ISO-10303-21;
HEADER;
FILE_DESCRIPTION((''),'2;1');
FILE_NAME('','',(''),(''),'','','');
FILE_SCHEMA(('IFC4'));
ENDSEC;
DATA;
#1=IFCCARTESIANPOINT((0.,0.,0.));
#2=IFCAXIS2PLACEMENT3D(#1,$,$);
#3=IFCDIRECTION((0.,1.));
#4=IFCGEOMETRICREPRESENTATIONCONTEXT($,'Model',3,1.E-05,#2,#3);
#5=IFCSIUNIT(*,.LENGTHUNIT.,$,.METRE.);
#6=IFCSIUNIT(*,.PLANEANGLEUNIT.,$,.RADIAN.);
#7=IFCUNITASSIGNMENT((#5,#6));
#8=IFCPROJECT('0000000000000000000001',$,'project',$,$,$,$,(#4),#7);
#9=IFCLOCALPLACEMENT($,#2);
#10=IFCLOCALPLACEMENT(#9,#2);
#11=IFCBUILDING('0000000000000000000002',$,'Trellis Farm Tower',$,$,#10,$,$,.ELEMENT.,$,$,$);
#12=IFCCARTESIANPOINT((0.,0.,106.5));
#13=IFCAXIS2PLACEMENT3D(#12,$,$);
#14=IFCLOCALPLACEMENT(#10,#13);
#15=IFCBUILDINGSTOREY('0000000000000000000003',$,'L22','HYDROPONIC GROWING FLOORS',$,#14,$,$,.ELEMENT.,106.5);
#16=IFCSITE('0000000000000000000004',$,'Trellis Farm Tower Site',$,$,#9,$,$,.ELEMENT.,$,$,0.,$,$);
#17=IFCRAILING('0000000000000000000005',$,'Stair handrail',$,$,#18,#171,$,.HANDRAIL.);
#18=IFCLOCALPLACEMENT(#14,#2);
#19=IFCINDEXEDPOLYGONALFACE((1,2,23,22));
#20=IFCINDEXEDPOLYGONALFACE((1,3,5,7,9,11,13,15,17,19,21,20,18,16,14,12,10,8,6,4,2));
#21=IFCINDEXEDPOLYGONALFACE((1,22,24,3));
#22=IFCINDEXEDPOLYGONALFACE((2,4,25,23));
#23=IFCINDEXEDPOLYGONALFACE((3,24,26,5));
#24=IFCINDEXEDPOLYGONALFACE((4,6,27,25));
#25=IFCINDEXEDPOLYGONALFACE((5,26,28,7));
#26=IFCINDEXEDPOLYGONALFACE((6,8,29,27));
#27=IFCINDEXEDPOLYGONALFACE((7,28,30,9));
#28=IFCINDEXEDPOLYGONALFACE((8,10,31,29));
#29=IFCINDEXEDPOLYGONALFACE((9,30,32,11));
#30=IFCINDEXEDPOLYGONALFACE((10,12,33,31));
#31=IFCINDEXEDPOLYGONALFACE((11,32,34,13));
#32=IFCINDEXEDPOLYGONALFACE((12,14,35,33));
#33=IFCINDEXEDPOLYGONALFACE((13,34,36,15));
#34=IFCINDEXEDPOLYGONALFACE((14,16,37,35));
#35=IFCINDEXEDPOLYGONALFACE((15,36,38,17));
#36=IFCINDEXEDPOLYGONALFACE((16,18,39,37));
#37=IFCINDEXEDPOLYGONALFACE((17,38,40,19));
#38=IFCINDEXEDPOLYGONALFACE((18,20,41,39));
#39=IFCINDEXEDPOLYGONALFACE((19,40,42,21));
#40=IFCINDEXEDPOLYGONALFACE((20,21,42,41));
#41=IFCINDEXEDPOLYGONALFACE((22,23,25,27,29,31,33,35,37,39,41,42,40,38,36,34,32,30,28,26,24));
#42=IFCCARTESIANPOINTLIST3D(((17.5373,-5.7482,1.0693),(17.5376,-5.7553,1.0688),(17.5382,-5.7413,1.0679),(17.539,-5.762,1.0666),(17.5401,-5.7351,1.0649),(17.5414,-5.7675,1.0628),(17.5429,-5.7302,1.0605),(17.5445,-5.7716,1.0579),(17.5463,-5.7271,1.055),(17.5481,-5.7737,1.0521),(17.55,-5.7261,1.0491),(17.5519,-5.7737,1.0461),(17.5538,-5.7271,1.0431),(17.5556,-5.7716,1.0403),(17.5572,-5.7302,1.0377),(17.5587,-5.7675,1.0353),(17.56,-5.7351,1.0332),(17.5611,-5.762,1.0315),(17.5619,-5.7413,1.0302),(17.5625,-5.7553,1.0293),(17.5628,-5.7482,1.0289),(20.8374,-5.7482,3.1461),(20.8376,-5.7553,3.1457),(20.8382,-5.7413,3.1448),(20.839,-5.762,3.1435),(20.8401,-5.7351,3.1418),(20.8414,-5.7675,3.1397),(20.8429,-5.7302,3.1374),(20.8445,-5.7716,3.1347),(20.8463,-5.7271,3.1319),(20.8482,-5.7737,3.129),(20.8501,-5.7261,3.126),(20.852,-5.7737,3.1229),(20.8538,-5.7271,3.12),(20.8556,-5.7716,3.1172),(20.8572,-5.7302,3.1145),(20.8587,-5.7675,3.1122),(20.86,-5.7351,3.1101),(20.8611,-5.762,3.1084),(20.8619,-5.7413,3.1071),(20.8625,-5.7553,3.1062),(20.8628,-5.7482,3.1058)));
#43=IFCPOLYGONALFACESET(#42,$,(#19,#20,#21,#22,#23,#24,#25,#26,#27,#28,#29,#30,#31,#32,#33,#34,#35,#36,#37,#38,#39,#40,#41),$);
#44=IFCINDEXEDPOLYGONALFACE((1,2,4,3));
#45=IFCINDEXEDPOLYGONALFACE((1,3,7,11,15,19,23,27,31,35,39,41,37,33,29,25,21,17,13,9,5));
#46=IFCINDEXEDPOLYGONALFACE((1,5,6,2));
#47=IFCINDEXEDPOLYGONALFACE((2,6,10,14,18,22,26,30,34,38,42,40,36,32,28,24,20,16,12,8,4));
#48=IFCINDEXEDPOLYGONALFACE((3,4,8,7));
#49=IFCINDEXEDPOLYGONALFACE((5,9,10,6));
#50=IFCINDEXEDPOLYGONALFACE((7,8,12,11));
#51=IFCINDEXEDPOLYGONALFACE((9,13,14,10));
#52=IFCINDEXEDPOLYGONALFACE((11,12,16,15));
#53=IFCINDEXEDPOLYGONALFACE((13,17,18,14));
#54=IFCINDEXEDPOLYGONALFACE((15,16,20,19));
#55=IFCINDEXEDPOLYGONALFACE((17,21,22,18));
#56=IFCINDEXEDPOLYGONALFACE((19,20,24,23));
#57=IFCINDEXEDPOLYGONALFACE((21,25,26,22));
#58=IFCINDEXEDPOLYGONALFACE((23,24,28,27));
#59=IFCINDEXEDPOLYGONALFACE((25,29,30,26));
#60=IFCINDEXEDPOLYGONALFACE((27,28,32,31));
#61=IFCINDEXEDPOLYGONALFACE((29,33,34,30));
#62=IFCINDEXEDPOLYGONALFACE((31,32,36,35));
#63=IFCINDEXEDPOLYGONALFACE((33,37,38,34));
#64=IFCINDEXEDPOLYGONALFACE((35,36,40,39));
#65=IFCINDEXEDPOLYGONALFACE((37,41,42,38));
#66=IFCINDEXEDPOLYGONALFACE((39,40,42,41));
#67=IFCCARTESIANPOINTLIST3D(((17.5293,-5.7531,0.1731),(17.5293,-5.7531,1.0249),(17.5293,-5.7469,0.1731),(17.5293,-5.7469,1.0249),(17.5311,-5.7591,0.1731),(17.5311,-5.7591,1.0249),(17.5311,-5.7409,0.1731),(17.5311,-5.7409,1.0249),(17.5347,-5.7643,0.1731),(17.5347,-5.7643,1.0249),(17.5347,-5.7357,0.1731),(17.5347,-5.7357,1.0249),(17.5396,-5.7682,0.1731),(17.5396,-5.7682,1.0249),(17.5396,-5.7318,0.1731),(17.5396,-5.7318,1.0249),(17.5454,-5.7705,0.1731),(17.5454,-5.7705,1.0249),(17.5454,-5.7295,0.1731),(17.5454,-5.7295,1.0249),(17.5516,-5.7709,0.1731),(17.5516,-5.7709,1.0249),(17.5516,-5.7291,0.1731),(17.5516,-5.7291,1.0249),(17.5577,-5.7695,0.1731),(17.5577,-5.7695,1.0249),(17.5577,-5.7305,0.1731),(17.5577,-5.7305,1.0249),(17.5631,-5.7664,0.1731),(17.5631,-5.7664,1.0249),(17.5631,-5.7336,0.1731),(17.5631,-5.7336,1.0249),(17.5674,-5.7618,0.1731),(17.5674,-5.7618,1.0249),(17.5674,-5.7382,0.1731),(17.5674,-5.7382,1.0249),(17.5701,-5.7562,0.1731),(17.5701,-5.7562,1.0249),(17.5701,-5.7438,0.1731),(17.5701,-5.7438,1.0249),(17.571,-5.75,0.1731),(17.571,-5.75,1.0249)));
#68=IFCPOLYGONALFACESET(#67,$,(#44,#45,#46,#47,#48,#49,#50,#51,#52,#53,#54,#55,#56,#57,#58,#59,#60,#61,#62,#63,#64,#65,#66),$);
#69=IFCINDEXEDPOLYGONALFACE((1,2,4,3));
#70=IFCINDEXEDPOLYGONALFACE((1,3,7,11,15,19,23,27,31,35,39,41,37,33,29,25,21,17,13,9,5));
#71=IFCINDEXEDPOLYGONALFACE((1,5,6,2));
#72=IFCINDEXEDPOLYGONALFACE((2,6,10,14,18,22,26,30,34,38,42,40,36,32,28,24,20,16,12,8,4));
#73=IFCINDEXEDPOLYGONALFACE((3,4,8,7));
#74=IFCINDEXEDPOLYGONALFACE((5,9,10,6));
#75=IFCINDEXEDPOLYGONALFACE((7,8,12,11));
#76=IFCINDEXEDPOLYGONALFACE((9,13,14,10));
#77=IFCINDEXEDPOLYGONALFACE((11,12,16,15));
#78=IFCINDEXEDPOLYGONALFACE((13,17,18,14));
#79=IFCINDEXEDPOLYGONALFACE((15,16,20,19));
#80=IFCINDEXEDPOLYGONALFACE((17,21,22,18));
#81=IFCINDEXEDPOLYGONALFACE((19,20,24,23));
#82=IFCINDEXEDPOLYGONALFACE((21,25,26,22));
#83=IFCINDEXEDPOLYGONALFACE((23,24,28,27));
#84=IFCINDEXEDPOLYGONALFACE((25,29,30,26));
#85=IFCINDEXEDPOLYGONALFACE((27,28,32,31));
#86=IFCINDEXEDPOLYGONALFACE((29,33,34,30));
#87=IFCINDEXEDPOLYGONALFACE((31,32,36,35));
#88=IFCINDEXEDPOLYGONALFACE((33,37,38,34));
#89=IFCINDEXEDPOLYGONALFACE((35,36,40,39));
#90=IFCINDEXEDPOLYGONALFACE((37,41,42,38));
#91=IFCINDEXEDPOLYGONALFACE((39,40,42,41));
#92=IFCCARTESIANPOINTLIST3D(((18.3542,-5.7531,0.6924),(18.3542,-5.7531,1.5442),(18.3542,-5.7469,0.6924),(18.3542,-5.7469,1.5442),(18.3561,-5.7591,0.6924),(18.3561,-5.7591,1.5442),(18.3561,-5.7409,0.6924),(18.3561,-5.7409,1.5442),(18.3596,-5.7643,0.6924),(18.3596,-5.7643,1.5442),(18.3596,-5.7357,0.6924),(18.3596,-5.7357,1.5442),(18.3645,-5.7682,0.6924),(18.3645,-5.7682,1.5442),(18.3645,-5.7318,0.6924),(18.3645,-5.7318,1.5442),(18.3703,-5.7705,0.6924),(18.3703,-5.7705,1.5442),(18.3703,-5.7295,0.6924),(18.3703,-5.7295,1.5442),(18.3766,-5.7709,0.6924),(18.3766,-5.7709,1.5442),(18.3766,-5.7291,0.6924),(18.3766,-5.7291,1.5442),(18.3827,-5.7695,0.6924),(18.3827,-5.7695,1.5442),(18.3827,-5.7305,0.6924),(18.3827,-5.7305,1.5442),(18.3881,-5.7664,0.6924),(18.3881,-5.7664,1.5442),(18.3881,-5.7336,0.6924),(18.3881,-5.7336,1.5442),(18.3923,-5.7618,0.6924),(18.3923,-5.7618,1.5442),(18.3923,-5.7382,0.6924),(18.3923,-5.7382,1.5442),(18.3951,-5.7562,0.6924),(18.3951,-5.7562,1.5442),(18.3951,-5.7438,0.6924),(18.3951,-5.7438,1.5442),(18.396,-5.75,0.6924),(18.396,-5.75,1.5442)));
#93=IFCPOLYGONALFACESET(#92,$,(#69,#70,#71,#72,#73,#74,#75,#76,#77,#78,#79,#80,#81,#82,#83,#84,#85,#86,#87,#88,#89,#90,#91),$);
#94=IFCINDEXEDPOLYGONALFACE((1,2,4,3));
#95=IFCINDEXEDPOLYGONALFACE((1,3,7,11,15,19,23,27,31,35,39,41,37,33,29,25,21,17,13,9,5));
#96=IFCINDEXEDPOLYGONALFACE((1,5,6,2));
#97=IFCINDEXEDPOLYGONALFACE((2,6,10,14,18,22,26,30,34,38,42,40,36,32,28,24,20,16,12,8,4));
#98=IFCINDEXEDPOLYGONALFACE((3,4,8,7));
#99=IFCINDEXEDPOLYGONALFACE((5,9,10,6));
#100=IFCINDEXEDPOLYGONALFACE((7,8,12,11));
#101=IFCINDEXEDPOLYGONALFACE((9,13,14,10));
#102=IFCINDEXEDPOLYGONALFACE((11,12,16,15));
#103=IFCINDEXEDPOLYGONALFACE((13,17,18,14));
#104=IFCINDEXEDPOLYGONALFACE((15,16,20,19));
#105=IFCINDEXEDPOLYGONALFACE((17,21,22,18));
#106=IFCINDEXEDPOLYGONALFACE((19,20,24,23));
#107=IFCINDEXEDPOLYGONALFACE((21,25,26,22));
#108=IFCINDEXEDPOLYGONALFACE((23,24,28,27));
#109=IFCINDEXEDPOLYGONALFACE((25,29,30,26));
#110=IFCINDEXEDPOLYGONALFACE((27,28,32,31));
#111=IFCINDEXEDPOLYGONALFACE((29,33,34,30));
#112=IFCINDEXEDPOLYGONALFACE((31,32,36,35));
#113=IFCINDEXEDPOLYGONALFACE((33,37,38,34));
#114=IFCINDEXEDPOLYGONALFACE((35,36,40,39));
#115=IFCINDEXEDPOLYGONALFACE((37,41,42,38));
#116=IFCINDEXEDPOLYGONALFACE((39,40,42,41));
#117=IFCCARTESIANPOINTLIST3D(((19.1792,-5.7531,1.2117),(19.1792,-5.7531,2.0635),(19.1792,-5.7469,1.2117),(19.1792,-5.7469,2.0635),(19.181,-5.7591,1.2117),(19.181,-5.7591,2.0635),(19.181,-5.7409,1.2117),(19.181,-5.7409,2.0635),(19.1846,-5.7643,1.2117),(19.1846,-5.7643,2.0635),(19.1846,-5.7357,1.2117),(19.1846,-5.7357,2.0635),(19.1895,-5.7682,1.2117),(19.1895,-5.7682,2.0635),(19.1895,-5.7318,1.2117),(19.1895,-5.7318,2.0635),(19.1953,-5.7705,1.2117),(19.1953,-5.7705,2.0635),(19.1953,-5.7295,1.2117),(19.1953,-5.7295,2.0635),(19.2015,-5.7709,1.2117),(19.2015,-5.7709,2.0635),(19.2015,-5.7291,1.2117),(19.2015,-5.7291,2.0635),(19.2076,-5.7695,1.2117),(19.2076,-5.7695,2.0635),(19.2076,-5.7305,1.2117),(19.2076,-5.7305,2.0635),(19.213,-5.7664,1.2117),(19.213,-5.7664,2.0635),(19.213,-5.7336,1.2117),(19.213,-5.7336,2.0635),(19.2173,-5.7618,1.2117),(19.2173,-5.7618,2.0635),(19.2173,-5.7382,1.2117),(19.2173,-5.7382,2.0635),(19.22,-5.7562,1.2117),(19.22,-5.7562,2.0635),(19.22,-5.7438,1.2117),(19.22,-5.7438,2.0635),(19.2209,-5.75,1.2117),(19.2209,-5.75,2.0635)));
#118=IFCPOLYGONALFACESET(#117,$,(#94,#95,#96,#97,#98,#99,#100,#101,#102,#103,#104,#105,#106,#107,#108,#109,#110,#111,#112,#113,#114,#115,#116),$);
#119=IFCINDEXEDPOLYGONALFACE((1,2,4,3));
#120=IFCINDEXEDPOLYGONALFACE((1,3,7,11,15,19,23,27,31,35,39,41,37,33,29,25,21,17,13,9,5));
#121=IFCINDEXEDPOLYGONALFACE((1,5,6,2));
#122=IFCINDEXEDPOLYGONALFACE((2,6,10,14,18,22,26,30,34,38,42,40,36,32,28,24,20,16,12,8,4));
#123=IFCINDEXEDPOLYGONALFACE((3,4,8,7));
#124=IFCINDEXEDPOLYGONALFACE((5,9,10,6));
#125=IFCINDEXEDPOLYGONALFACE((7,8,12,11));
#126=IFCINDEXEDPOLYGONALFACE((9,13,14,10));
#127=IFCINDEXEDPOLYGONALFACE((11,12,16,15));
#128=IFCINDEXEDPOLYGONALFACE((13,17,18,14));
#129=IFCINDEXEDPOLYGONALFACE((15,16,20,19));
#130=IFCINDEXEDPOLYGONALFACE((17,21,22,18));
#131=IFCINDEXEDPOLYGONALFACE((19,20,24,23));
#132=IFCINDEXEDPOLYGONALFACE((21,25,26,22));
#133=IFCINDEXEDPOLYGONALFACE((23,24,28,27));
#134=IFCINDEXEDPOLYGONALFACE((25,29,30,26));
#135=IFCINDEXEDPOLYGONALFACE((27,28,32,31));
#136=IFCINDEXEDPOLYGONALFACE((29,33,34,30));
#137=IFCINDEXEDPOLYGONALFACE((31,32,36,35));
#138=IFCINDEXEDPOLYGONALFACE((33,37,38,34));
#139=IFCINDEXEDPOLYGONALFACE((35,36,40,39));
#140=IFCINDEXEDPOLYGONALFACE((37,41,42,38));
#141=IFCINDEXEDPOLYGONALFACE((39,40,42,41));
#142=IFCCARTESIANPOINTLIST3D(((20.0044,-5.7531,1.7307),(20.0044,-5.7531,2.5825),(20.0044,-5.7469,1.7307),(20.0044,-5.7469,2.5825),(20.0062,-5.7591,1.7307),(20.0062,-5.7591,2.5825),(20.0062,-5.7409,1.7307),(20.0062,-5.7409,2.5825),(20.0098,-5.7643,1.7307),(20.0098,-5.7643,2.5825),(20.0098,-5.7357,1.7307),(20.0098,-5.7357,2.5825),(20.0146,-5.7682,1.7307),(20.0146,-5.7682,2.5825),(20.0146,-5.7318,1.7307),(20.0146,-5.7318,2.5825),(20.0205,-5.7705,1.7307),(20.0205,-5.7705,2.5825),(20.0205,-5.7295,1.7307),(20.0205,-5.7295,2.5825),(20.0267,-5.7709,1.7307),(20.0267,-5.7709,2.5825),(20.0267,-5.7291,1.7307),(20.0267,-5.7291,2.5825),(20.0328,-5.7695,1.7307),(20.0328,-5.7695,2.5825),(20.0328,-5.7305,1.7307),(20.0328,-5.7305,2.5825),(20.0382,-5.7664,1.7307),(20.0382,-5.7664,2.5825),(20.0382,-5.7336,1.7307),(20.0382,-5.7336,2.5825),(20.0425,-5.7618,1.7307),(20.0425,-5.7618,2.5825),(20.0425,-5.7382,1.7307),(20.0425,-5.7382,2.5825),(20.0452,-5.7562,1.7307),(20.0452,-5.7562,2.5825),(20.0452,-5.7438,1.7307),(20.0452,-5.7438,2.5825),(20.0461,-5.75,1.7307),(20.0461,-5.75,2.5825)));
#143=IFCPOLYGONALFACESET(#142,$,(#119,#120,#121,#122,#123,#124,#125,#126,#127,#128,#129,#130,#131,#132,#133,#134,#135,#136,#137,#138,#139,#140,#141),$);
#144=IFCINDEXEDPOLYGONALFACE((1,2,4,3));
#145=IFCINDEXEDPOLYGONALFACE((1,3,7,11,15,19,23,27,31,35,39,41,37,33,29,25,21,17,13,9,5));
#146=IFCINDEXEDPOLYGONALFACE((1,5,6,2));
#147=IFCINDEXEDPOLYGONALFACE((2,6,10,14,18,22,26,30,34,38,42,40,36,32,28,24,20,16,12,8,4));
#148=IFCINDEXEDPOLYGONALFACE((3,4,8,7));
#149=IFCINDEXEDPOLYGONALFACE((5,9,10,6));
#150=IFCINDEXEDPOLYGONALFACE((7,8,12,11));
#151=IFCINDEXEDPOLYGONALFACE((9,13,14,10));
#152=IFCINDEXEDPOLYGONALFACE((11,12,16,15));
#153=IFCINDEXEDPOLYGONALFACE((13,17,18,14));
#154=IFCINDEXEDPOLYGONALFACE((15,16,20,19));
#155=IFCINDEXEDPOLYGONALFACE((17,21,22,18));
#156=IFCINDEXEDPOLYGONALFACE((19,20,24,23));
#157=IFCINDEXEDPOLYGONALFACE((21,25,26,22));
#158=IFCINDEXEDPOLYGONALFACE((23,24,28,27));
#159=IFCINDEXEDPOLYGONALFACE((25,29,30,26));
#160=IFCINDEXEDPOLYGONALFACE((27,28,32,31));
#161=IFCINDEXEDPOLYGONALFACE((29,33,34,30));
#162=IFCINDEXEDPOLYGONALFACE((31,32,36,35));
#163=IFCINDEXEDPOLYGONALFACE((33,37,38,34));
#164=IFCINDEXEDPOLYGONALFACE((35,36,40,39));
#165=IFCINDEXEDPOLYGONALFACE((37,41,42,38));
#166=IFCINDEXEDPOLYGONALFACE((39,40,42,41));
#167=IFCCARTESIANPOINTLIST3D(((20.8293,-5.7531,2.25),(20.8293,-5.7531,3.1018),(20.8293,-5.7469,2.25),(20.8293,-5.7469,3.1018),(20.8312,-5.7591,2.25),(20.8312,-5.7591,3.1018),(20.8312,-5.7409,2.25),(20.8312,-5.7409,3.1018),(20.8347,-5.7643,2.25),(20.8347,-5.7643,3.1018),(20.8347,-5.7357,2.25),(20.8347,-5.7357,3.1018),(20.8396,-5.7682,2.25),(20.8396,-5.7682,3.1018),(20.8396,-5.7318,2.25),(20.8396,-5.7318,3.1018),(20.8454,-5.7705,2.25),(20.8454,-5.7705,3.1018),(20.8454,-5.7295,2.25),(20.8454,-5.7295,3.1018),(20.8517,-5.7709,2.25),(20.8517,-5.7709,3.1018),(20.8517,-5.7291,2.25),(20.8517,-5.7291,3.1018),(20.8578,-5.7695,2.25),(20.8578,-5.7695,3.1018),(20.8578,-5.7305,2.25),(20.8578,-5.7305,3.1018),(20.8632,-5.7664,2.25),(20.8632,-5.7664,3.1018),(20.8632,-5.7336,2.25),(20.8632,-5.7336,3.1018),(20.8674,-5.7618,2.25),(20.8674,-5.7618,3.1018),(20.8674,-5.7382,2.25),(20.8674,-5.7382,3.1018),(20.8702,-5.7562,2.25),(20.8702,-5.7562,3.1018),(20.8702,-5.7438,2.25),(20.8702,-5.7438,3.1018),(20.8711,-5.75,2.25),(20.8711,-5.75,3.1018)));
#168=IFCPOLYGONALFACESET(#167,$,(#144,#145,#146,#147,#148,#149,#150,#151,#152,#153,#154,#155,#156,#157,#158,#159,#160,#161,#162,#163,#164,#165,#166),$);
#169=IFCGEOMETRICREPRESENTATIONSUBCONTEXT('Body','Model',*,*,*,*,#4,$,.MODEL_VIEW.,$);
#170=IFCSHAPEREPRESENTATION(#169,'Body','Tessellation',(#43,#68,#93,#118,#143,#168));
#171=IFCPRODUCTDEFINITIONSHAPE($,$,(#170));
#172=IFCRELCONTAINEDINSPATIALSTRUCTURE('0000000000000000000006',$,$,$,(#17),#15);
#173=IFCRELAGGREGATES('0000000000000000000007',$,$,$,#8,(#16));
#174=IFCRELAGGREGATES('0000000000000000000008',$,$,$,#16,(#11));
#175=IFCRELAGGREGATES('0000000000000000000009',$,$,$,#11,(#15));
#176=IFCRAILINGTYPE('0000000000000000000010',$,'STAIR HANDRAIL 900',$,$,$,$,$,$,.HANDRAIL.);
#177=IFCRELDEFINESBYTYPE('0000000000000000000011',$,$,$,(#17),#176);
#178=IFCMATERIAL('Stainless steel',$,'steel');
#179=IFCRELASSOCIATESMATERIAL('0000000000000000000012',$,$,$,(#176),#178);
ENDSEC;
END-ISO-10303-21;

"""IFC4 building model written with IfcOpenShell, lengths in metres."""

from ifc_helpers import new_model, si_unit, direction, frame, origin, origin_2d, place, context, subcontext, project, spatial, circle, extrude, source, transform, mapped, material, type_object, element, save


model = new_model("IFC4")

# Units and contexts
model_context = context("Model", 3, precision=1e-05, world=origin(), true_north=direction((0.0, 1.0)))
body_context = subcontext(model_context, "Body", "Model", "MODEL_VIEW")
ifc_project = project(units=[si_unit("LENGTHUNIT", "METRE"), si_unit("PLANEANGLEUNIT", "RADIAN")], contexts=[model_context])

# Site, building, storey
site_placement = place(None, origin())
site = spatial("IfcSite", under=ifc_project, at=site_placement, Name="Trellis Farm Tower Site", CompositionType="ELEMENT", RefElevation=0.0)
building_placement = place(site_placement, origin())
building = spatial("IfcBuilding", under=site, at=building_placement, Name="Trellis Farm Tower", CompositionType="ELEMENT")
storey_placement = place(building_placement, frame((0.0, 0.0, 106.5)))
storey = spatial("IfcBuildingStorey", under=building, at=storey_placement, Name="L22", Description="HYDROPONIC GROWING FLOORS", CompositionType="ELEMENT", Elevation=106.5)

# Railing
ifc_material_1 = material(Name="Stainless steel", Category="steel")
railing_type = type_object("IfcRailingType", Name="STAIR HANDRAIL 900", PredefinedType="HANDRAIL", material=ifc_material_1)
shared_shape_1 = source(origin(), body_context, "Body", "SweptSolid", [
    extrude(circle(Radius=0.0239, at=origin_2d()), frame((0.0, 0.0, 0.876), z_axis=(0.846337, 0.0, 0.532647), x_axis=(0.0, 1.0, 0.0)), (0.0, 0.0, 1.0), 3.8992),
    extrude(circle(Radius=0.021, at=origin_2d()), origin(), (0.0, 0.0, 1.0), 0.8518),
    extrude(circle(Radius=0.021, at=origin_2d()), frame((0.825, 0.0, 0.5193)), (0.0, 0.0, 1.0), 0.8518),
    extrude(circle(Radius=0.021, at=origin_2d()), frame((1.6499, 0.0, 1.0386)), (0.0, 0.0, 1.0), 0.8518),
    extrude(circle(Radius=0.021, at=origin_2d()), frame((2.4751, 0.0, 1.5576)), (0.0, 0.0, 1.0), 0.8518),
    extrude(circle(Radius=0.021, at=origin_2d()), frame((3.3, 0.0, 2.0769)), (0.0, 0.0, 1.0), 0.8518),
])
railing_placement = place(storey_placement, frame((17.55, -5.75, 0.1731)))
element("IfcRailing", 1, at=railing_placement, inside=storey, type_object=railing_type, Name="Stair handrail", PredefinedType="HANDRAIL", context=body_context, shape_type="MappedRepresentation", body=[
    mapped(shared_shape_1, transform((0.0, 0.0, 0.0))),
])

save(model, "model.ifc")
